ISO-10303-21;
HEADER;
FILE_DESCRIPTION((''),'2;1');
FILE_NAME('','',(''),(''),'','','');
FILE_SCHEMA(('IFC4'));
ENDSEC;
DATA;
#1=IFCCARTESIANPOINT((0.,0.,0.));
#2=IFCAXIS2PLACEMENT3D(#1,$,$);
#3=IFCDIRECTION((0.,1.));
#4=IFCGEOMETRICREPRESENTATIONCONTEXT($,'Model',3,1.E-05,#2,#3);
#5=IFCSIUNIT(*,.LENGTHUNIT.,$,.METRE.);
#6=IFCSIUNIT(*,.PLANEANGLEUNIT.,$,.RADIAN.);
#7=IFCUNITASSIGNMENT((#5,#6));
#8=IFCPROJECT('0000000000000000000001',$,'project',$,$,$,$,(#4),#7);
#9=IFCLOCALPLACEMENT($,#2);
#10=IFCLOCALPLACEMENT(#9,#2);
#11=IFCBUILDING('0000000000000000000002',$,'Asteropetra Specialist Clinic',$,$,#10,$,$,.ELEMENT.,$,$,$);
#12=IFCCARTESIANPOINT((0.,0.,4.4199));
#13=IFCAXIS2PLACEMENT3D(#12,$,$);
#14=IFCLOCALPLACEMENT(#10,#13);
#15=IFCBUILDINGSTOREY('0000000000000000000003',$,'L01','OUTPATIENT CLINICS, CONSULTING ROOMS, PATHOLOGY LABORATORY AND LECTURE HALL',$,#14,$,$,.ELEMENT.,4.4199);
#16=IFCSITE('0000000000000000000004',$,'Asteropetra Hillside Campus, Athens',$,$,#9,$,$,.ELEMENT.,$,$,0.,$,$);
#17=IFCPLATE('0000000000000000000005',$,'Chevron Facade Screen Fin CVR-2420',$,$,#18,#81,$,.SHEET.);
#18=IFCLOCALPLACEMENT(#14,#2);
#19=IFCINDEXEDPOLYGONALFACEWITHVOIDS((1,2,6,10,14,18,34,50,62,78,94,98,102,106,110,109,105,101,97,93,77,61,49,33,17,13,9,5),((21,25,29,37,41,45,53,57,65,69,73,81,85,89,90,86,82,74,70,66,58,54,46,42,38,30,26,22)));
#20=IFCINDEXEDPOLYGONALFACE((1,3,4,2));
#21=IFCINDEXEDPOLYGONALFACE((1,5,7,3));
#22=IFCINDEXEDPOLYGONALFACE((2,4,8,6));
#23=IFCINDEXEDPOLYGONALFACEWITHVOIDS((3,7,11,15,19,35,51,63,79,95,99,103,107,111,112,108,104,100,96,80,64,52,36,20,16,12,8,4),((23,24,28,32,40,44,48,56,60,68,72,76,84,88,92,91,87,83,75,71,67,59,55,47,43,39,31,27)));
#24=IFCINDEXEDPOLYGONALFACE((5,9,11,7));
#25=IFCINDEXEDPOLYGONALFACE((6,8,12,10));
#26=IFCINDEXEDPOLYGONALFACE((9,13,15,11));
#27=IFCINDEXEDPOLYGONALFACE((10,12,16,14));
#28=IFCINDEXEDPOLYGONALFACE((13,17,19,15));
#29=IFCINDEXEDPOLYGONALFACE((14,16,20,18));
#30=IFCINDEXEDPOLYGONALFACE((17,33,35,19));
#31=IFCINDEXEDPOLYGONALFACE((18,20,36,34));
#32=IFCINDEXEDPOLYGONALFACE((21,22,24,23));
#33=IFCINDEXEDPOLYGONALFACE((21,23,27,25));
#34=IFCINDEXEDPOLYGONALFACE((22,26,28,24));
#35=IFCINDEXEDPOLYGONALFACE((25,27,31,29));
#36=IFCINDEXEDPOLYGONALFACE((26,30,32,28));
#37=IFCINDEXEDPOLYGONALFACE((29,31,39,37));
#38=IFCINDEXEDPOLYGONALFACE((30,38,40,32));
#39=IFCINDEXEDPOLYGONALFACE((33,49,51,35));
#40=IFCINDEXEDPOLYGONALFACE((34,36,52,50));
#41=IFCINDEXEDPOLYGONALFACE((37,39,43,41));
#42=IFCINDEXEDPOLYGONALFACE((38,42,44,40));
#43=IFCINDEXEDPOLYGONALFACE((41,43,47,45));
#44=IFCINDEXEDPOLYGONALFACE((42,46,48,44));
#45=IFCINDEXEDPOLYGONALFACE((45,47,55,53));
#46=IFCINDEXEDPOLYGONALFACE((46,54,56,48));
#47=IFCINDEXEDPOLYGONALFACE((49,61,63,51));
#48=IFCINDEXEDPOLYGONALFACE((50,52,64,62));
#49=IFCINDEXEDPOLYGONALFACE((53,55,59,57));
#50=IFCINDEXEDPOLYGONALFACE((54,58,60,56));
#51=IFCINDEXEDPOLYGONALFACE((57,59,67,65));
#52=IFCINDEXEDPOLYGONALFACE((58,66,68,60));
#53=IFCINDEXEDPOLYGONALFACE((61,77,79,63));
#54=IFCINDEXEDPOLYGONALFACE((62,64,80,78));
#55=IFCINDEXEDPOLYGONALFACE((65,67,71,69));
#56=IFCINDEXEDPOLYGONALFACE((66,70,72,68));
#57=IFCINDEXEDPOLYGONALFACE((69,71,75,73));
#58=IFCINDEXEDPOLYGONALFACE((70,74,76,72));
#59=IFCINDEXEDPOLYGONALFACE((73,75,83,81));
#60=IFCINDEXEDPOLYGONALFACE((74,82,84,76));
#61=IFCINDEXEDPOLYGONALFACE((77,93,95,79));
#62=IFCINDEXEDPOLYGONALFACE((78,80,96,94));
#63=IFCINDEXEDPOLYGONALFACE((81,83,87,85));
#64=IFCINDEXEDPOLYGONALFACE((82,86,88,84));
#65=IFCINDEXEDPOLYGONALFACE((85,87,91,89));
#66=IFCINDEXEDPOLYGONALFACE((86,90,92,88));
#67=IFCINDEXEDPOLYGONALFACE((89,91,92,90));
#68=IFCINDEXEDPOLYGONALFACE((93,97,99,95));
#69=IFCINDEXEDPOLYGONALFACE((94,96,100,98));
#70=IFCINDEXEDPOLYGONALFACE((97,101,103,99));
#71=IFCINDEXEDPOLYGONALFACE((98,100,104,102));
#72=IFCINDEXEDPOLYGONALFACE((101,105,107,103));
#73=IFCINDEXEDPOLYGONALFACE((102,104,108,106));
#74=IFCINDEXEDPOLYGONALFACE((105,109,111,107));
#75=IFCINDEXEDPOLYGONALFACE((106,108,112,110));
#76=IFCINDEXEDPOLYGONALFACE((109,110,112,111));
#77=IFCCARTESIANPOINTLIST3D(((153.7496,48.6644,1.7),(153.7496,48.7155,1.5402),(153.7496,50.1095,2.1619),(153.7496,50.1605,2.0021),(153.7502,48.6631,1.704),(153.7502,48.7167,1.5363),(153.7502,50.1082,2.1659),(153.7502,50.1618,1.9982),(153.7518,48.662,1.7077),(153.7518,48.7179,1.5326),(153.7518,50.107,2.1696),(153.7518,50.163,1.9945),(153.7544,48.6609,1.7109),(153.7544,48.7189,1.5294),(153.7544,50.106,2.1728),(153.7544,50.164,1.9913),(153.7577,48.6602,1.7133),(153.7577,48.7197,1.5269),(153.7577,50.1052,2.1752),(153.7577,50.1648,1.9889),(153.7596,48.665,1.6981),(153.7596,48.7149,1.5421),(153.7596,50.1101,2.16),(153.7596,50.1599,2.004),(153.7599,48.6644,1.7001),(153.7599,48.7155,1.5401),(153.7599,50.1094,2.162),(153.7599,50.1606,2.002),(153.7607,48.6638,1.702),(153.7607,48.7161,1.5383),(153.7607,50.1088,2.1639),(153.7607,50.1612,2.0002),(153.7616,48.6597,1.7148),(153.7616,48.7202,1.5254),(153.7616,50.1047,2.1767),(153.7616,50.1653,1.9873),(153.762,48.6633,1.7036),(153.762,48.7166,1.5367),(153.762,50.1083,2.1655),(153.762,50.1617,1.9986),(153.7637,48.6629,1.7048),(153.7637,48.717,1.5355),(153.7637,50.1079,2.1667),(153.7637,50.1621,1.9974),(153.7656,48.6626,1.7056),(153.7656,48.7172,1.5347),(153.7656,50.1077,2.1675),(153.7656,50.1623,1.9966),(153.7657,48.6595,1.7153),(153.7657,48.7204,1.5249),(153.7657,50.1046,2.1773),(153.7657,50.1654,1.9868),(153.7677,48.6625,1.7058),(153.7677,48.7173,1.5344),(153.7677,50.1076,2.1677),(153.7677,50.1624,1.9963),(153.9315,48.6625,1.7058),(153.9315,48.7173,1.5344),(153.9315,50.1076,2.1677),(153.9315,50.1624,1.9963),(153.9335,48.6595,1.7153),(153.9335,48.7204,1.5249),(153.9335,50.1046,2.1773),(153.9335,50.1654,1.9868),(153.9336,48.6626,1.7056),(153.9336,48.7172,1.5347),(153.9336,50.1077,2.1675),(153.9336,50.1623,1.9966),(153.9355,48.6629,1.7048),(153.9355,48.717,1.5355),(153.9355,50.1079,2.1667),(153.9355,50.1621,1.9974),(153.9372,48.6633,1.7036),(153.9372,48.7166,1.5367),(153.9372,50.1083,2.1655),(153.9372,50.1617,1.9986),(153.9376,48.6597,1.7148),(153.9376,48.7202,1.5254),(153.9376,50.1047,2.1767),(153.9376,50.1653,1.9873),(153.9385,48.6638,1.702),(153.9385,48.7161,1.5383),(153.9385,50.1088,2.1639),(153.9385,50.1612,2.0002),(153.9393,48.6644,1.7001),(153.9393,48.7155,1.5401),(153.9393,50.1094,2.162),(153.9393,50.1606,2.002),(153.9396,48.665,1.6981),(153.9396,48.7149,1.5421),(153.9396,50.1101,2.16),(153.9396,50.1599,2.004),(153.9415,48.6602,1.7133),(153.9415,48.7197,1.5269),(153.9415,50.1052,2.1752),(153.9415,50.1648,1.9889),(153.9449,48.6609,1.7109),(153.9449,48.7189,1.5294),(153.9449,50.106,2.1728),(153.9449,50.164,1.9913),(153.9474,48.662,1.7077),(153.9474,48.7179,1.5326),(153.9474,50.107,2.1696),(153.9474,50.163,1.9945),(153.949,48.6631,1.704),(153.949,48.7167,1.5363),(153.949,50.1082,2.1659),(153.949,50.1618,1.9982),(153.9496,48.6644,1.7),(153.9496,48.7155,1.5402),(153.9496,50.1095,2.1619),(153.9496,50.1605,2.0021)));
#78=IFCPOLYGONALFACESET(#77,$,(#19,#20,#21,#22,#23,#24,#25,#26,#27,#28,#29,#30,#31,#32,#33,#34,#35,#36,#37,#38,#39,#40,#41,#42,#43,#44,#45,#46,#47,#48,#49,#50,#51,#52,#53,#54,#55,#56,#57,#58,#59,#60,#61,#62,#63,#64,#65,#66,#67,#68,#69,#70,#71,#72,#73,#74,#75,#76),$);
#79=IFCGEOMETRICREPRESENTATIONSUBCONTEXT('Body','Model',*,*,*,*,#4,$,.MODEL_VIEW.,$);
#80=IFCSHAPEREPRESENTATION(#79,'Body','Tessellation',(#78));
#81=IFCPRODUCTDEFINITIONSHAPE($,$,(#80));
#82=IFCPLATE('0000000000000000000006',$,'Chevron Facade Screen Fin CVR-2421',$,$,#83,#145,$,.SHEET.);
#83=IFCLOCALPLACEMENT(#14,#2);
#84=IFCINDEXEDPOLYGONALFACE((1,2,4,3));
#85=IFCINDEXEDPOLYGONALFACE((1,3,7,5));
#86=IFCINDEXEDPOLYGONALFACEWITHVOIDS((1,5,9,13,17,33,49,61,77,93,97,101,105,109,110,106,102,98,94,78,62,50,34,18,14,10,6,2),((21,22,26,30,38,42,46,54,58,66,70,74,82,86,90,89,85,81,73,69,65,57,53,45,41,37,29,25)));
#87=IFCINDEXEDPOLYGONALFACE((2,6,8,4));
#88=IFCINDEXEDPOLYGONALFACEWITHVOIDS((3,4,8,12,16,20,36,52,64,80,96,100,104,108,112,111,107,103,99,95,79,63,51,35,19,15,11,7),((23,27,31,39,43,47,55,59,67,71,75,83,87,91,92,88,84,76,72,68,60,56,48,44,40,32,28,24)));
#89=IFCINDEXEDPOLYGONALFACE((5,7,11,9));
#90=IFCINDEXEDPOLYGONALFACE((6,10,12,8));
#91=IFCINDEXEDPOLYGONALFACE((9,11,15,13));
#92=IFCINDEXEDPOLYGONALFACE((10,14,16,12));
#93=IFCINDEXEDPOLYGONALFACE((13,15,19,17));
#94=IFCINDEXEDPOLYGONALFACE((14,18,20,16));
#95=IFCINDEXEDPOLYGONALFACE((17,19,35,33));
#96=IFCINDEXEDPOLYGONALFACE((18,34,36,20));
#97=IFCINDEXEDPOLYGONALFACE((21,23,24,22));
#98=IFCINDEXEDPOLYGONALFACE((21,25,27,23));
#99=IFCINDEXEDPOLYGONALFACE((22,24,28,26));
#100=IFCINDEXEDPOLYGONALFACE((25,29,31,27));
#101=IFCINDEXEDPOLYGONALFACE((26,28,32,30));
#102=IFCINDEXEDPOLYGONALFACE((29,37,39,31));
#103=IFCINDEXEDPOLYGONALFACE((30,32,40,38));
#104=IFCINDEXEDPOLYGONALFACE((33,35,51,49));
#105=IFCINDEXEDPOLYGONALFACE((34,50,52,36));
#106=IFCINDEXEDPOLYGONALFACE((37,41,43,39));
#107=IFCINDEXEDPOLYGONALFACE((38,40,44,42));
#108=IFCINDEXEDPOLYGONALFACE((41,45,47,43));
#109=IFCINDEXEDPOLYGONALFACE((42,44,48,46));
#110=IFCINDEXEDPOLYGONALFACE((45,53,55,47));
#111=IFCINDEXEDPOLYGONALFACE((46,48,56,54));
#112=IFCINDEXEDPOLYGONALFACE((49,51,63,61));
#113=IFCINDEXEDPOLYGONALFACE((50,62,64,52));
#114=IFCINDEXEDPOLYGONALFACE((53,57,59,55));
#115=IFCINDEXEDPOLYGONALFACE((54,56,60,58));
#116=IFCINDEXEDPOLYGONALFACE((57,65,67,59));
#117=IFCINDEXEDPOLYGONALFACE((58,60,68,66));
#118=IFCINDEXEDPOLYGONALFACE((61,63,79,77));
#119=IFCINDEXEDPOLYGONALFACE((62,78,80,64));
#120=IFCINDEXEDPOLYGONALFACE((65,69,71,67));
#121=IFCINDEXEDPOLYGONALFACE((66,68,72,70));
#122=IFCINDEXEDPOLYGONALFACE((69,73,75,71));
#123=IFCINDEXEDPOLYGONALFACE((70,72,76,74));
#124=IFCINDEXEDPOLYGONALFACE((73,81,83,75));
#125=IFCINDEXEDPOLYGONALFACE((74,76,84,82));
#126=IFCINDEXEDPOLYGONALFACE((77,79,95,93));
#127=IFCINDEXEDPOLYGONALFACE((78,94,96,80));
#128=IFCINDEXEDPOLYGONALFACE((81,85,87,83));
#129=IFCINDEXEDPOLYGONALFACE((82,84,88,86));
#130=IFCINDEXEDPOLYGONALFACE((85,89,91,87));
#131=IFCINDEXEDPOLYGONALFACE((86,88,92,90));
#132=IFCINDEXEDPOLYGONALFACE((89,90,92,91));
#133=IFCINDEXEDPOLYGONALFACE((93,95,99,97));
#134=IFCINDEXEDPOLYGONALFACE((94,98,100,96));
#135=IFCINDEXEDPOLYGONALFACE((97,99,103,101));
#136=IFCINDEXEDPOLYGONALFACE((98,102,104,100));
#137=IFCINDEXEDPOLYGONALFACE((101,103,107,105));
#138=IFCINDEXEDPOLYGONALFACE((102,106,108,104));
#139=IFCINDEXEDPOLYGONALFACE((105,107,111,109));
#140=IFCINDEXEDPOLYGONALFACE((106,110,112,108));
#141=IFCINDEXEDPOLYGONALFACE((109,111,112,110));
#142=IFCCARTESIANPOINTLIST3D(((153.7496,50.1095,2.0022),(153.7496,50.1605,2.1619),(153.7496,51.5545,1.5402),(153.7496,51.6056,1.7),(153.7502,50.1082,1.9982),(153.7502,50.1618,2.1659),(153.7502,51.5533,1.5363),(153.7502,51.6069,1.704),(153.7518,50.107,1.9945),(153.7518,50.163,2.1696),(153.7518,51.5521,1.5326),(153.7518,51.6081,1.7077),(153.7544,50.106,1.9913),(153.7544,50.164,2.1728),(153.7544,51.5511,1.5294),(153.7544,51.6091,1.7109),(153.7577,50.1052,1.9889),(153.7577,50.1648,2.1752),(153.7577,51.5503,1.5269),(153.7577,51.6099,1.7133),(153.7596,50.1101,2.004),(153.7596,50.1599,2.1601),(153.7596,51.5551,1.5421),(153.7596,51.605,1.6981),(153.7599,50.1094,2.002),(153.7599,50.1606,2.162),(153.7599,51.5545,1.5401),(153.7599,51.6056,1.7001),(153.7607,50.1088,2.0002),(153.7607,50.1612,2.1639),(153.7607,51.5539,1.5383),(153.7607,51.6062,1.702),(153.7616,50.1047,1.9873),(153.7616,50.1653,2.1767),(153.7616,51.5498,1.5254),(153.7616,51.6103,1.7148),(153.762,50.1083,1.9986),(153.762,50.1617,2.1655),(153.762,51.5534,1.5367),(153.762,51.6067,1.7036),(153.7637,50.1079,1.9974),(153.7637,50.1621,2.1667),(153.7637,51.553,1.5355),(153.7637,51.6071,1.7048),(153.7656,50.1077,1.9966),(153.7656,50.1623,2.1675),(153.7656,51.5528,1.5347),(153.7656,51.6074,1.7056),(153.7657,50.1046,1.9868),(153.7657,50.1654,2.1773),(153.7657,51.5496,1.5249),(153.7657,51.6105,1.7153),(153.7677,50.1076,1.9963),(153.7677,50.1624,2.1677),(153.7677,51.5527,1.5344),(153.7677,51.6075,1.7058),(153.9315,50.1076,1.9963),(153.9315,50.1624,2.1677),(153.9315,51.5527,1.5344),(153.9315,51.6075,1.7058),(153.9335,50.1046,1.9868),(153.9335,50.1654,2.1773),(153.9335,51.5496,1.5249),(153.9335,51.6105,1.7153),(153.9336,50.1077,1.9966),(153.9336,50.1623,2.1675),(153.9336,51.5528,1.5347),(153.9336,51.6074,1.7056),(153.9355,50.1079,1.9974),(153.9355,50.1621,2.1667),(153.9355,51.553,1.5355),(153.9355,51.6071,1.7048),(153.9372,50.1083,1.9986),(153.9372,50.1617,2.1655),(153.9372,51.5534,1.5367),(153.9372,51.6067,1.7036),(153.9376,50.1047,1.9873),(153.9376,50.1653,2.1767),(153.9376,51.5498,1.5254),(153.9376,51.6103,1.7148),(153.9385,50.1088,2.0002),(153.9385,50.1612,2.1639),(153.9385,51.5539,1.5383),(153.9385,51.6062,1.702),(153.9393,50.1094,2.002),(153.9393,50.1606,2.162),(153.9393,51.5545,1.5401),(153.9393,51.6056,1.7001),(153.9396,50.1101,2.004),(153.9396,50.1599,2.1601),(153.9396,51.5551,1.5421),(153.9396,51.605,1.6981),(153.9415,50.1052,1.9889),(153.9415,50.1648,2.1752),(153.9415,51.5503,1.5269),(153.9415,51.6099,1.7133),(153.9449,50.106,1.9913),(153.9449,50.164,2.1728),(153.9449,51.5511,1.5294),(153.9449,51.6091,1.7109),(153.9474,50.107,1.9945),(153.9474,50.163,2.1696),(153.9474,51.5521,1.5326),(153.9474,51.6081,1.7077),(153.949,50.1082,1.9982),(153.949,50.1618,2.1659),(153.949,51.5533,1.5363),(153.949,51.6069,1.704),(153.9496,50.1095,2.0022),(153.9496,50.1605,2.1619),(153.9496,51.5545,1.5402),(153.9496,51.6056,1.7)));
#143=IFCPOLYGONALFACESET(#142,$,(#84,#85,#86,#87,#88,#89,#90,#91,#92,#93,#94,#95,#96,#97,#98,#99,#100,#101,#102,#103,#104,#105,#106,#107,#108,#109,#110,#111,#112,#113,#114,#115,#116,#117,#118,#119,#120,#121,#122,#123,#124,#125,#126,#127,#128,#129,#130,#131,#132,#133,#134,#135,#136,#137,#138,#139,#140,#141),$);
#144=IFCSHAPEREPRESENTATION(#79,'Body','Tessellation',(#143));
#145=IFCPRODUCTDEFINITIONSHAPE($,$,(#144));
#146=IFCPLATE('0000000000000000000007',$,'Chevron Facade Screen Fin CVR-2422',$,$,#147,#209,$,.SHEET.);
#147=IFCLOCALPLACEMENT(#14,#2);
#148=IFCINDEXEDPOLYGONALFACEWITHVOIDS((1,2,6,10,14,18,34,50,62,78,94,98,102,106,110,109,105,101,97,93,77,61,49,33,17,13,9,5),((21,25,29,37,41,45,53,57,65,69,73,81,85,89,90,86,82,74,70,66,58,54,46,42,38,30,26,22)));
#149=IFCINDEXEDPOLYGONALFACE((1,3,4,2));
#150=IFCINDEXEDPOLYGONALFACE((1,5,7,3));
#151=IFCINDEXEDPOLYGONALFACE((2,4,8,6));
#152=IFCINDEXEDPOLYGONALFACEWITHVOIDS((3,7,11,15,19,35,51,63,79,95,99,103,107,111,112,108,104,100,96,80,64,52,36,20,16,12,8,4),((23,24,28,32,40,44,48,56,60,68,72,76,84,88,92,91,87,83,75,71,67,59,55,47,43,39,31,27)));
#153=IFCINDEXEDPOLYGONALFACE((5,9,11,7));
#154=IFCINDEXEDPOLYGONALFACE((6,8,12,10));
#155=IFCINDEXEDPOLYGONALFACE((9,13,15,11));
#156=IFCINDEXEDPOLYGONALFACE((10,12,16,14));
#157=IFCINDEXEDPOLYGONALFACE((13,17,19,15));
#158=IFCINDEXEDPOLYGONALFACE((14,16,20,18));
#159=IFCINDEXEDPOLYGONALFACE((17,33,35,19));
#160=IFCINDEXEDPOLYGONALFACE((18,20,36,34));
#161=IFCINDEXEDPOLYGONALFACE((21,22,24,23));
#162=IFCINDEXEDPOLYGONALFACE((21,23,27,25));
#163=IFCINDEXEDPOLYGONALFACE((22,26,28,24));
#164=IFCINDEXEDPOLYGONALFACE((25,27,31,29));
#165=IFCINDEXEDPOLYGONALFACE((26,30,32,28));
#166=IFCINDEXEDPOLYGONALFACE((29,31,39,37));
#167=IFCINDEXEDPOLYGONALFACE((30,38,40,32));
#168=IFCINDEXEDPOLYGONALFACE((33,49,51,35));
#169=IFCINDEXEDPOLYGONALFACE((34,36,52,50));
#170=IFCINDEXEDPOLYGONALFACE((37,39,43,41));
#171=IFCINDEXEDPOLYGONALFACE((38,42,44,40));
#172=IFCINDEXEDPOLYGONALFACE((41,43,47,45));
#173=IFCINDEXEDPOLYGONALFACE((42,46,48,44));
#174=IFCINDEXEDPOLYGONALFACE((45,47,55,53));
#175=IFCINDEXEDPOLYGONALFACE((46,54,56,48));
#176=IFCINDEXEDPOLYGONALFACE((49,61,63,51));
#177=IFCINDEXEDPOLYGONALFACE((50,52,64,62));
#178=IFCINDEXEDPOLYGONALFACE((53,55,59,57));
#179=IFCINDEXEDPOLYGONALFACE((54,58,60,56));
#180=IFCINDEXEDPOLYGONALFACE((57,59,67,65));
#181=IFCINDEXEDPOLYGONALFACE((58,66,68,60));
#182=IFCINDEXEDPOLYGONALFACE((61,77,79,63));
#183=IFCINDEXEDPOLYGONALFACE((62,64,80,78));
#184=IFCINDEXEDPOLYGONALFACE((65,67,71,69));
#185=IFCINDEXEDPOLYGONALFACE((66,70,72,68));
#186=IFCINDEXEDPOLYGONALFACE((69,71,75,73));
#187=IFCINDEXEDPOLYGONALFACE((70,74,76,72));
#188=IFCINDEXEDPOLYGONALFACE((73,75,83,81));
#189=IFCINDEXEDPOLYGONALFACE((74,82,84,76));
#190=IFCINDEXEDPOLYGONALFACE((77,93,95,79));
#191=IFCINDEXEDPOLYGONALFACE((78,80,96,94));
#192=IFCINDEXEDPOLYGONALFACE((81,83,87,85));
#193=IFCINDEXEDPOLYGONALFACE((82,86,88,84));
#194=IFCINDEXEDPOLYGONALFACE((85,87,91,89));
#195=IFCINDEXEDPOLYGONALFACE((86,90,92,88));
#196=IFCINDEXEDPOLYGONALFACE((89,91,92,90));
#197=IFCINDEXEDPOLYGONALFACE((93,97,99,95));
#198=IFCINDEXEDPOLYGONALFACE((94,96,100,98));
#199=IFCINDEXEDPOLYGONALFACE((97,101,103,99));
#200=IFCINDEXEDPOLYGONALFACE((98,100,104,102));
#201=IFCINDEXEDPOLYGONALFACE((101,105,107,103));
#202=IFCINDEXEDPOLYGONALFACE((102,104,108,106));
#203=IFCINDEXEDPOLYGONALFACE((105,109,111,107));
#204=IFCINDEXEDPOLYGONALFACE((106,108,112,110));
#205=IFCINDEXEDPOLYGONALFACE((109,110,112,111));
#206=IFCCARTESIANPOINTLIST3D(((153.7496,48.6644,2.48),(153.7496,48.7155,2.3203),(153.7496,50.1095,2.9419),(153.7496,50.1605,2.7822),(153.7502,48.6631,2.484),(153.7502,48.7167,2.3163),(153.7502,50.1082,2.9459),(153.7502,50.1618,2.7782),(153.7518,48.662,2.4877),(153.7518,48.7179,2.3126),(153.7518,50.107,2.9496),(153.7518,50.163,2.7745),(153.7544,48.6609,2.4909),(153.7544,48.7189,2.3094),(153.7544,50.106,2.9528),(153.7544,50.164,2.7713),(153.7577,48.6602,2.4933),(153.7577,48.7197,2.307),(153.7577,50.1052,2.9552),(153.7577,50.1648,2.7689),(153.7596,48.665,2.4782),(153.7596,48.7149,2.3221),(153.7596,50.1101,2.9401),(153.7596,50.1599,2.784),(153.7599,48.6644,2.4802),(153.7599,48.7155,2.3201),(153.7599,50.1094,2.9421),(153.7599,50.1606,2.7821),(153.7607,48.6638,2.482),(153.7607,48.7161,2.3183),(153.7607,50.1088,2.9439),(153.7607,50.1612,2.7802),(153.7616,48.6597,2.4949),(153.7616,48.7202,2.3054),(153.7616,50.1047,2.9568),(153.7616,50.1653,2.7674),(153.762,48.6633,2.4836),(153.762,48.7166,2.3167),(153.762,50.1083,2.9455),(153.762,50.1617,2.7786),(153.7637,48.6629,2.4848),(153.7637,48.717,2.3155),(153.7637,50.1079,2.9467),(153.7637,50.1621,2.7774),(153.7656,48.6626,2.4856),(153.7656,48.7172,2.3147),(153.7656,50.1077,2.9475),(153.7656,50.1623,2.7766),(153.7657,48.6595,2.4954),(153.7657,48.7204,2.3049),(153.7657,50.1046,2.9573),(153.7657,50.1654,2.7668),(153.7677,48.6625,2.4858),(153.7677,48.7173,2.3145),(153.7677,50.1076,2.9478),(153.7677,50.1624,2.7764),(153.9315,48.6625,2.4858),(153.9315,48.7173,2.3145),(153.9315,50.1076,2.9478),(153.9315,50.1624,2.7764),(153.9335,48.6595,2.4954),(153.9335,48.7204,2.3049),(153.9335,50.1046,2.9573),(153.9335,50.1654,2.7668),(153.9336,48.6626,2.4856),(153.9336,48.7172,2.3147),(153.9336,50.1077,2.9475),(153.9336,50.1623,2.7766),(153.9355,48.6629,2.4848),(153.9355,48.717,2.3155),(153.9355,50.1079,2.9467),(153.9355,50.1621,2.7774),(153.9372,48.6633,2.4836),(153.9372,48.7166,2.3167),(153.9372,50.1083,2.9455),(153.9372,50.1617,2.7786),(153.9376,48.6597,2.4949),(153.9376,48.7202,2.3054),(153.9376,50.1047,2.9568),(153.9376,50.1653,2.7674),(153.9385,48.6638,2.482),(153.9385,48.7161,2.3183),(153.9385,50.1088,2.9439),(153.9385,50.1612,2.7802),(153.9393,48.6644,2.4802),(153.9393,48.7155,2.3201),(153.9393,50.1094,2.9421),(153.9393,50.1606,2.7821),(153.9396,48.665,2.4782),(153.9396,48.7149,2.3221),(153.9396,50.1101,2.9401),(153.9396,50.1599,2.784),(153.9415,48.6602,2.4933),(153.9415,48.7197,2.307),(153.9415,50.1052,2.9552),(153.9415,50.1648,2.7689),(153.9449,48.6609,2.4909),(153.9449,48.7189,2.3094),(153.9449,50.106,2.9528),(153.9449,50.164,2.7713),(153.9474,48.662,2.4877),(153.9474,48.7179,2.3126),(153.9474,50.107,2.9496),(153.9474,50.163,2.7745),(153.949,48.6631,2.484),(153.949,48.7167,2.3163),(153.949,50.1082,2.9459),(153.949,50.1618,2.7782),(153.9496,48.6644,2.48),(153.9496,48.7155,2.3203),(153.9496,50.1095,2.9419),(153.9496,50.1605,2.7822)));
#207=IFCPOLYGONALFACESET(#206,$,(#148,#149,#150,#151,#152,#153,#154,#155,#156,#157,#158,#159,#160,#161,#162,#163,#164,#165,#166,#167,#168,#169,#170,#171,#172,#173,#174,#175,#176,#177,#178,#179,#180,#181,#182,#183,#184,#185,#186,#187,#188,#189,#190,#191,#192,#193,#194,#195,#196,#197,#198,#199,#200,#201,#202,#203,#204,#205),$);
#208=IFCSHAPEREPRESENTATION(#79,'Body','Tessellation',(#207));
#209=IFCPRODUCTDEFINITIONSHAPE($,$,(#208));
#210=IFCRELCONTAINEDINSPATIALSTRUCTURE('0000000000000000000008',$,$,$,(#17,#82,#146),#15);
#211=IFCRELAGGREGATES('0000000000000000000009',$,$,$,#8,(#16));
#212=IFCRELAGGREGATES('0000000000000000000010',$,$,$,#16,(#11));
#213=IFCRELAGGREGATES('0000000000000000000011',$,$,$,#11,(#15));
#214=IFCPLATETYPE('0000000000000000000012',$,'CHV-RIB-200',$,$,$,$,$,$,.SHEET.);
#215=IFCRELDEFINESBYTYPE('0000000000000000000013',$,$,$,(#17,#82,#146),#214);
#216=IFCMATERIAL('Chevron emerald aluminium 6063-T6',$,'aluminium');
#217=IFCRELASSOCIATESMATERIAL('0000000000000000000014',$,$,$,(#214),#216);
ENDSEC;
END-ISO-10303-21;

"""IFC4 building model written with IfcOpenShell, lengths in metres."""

from ifc_helpers import new_model, si_unit, direction, frame, origin, origin_2d, place, context, subcontext, project, spatial, hollow_rectangle, extrude, material, material_profile, profile_set, type_object, element, save


model = new_model("IFC4")

# Units and contexts
model_context = context("Model", 3, precision=1e-05, world=origin(), true_north=direction((0.0, 1.0)))
body_context = subcontext(model_context, "Body", "Model", "MODEL_VIEW")
ifc_project = project(units=[si_unit("LENGTHUNIT", "METRE"), si_unit("PLANEANGLEUNIT", "RADIAN")], contexts=[model_context])

# Site, building, storey
site_placement = place(None, origin())
site = spatial("IfcSite", under=ifc_project, at=site_placement, Name="Asteropetra Hillside Campus, Athens", CompositionType="ELEMENT", RefElevation=0.0)
building_placement = place(site_placement, origin())
building = spatial("IfcBuilding", under=site, at=building_placement, Name="Asteropetra Specialist Clinic", CompositionType="ELEMENT")
storey_placement = place(building_placement, frame((0.0, 0.0, 4.4199)))
storey = spatial("IfcBuildingStorey", under=building, at=storey_placement, Name="L01", Description="OUTPATIENT CLINICS, CONSULTING ROOMS, PATHOLOGY LABORATORY AND LECTURE HALL", CompositionType="ELEMENT", Elevation=4.4199)

# Plates
ifc_material_1 = material(Name="Chevron emerald aluminium 6063-T6", Category="aluminium")
ifc_material_profile = material_profile(ifc_material_1, hollow_rectangle(XDim=0.2, YDim=0.2, WallThickness=0.01, InnerFilletRadius=0.0081, OuterFilletRadius=0.0161, at=origin_2d()), Name="SHS 200x200x10.0")
ifc_profile_set = profile_set([ifc_material_profile], Name="Chevron emerald aluminium 6063-T6")
plate_type = type_object("IfcPlateType", Name="CHV-RIB-200", PredefinedType="SHEET", material=ifc_profile_set)
for number, where, z_axis, x_axis, name in (
    (1, (153.8496, 48.6899, 1.6201), (0.0, 0.952521, 0.304472), (-1.0, 0.0, 0.0), "Chevron Facade Screen Fin CVR-2420"),
    (2, (153.8496, 50.135, 2.082), (0.0, 0.952521, -0.304472), (-1.0, 0.0, 0.0), "Chevron Facade Screen Fin CVR-2421"),
    (3, (153.8496, 48.6899, 2.4001), (0.0, 0.952521, 0.304472), (-1.0, 0.0, 0.0), "Chevron Facade Screen Fin CVR-2422"),
):
    element("IfcPlate", number, at=place(storey_placement, frame(where, z_axis=z_axis, x_axis=x_axis)), inside=storey, type_object=plate_type, Name=name, PredefinedType="SHEET", context=body_context, shape_type="SweptSolid", body=[
        extrude(hollow_rectangle(XDim=0.2, YDim=0.2, WallThickness=0.01, InnerFilletRadius=0.0081, OuterFilletRadius=0.0161, at=origin_2d()), origin(), (0.0, 0.0, 1.0), 1.5171),
    ])

save(model, "model.ifc")
